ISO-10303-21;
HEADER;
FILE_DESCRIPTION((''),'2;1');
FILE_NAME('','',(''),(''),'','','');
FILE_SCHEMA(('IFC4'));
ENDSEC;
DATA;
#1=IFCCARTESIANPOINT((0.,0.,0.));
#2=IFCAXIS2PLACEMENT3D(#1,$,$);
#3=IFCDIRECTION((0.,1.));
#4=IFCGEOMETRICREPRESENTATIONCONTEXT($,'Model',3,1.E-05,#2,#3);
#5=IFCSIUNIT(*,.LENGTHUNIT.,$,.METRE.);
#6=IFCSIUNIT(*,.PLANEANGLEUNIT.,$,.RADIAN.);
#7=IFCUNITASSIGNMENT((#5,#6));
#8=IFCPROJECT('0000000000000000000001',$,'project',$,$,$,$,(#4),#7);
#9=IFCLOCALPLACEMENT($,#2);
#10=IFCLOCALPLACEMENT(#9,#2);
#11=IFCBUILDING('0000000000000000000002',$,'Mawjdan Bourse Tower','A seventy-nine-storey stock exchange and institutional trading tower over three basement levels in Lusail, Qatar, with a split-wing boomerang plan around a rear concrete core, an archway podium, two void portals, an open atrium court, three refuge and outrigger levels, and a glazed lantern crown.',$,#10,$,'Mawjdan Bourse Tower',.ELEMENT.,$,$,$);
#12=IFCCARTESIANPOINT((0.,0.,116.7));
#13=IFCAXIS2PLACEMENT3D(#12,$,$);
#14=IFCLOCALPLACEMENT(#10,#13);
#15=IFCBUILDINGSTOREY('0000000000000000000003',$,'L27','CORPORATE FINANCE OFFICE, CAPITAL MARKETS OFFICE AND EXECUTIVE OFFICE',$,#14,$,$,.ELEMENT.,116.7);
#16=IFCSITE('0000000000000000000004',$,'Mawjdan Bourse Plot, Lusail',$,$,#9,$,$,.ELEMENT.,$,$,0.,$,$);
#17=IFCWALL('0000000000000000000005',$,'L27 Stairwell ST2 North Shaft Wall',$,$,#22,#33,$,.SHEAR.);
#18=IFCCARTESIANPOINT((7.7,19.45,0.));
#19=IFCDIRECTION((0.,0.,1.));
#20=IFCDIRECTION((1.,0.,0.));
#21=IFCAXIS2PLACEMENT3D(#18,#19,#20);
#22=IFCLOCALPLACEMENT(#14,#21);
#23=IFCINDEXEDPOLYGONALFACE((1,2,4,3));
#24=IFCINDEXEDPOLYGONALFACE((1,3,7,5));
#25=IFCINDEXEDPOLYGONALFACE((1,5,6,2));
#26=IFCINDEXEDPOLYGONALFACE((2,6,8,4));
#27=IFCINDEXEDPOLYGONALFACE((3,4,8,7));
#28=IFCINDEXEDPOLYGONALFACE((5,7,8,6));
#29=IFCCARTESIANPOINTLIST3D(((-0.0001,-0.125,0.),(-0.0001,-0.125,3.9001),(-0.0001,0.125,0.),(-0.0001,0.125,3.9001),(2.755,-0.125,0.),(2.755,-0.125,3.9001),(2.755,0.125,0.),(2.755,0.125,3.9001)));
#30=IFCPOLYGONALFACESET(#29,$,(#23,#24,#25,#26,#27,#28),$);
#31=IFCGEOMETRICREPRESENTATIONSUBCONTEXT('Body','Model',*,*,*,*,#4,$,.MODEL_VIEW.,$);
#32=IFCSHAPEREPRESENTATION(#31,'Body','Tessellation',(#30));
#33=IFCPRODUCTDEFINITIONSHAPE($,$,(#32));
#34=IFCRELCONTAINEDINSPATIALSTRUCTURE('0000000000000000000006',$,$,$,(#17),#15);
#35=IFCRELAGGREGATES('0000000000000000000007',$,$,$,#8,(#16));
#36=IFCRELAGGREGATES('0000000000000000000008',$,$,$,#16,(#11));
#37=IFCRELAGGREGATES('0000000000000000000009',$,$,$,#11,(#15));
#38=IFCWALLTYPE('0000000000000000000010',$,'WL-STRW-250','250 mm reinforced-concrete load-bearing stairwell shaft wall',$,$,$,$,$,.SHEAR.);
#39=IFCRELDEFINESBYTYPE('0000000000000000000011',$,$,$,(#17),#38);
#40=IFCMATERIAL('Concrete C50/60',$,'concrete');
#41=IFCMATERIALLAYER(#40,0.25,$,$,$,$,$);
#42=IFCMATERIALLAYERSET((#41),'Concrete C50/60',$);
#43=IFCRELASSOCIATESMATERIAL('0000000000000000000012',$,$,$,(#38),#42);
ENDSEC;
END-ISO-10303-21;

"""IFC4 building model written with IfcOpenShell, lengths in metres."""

from ifc_helpers import new_model, si_unit, direction, frame, frame_2d, origin, place, context, subcontext, project, spatial, rectangle, extrude, material, layer, layer_set, type_object, element, save


model = new_model("IFC4")

# Units and contexts
model_context = context("Model", 3, precision=1e-05, world=origin(), true_north=direction((0.0, 1.0)))
body_context = subcontext(model_context, "Body", "Model", "MODEL_VIEW")
ifc_project = project(units=[si_unit("LENGTHUNIT", "METRE"), si_unit("PLANEANGLEUNIT", "RADIAN")], contexts=[model_context])

# Site, building, storey
site_placement = place(None, origin())
site = spatial("IfcSite", under=ifc_project, at=site_placement, Name="Mawjdan Bourse Plot, Lusail", CompositionType="ELEMENT", RefElevation=0.0)
building_placement = place(site_placement, origin())
building = spatial("IfcBuilding", under=site, at=building_placement, Name="Mawjdan Bourse Tower", Description="A seventy-nine-storey stock exchange and institutional trading tower over three basement levels in Lusail, Qatar, with a split-wing boomerang plan around a rear concrete core, an archway podium, two void portals, an open atrium court, three refuge and outrigger levels, and a glazed lantern crown.", LongName="Mawjdan Bourse Tower", CompositionType="ELEMENT")
storey_placement = place(building_placement, frame((0.0, 0.0, 116.7)))
storey = spatial("IfcBuildingStorey", under=building, at=storey_placement, Name="L27", Description="CORPORATE FINANCE OFFICE, CAPITAL MARKETS OFFICE AND EXECUTIVE OFFICE", CompositionType="ELEMENT", Elevation=116.7)

# Wall
ifc_material_1 = material(Name="Concrete C50/60", Category="concrete")
ifc_layer_1 = layer(ifc_material_1, 0.25)
ifc_layer_set_1 = layer_set([ifc_layer_1], Name="Concrete C50/60")
wall_type_1 = type_object("IfcWallType", Name="WL-STRW-250", Description="250 mm reinforced-concrete load-bearing stairwell shaft wall", PredefinedType="SHEAR", material=ifc_layer_set_1)
wall_1_placement = place(storey_placement, frame((7.7, 19.45, 0.0), z_axis=(0.0, 0.0, 1.0), x_axis=(1.0, 0.0, 0.0)))
element("IfcWall", 1, at=wall_1_placement, inside=storey, type_object=wall_type_1, Name="L27 Stairwell ST2 North Shaft Wall", PredefinedType="SHEAR", context=body_context, shape_type="SweptSolid", body=[
    extrude(rectangle(XDim=2.7551, YDim=0.25, at=frame_2d((1.3774, 0.0))), origin(), (0.0, 0.0, 1.0), 3.9001),
])

save(model, "model.ifc")
